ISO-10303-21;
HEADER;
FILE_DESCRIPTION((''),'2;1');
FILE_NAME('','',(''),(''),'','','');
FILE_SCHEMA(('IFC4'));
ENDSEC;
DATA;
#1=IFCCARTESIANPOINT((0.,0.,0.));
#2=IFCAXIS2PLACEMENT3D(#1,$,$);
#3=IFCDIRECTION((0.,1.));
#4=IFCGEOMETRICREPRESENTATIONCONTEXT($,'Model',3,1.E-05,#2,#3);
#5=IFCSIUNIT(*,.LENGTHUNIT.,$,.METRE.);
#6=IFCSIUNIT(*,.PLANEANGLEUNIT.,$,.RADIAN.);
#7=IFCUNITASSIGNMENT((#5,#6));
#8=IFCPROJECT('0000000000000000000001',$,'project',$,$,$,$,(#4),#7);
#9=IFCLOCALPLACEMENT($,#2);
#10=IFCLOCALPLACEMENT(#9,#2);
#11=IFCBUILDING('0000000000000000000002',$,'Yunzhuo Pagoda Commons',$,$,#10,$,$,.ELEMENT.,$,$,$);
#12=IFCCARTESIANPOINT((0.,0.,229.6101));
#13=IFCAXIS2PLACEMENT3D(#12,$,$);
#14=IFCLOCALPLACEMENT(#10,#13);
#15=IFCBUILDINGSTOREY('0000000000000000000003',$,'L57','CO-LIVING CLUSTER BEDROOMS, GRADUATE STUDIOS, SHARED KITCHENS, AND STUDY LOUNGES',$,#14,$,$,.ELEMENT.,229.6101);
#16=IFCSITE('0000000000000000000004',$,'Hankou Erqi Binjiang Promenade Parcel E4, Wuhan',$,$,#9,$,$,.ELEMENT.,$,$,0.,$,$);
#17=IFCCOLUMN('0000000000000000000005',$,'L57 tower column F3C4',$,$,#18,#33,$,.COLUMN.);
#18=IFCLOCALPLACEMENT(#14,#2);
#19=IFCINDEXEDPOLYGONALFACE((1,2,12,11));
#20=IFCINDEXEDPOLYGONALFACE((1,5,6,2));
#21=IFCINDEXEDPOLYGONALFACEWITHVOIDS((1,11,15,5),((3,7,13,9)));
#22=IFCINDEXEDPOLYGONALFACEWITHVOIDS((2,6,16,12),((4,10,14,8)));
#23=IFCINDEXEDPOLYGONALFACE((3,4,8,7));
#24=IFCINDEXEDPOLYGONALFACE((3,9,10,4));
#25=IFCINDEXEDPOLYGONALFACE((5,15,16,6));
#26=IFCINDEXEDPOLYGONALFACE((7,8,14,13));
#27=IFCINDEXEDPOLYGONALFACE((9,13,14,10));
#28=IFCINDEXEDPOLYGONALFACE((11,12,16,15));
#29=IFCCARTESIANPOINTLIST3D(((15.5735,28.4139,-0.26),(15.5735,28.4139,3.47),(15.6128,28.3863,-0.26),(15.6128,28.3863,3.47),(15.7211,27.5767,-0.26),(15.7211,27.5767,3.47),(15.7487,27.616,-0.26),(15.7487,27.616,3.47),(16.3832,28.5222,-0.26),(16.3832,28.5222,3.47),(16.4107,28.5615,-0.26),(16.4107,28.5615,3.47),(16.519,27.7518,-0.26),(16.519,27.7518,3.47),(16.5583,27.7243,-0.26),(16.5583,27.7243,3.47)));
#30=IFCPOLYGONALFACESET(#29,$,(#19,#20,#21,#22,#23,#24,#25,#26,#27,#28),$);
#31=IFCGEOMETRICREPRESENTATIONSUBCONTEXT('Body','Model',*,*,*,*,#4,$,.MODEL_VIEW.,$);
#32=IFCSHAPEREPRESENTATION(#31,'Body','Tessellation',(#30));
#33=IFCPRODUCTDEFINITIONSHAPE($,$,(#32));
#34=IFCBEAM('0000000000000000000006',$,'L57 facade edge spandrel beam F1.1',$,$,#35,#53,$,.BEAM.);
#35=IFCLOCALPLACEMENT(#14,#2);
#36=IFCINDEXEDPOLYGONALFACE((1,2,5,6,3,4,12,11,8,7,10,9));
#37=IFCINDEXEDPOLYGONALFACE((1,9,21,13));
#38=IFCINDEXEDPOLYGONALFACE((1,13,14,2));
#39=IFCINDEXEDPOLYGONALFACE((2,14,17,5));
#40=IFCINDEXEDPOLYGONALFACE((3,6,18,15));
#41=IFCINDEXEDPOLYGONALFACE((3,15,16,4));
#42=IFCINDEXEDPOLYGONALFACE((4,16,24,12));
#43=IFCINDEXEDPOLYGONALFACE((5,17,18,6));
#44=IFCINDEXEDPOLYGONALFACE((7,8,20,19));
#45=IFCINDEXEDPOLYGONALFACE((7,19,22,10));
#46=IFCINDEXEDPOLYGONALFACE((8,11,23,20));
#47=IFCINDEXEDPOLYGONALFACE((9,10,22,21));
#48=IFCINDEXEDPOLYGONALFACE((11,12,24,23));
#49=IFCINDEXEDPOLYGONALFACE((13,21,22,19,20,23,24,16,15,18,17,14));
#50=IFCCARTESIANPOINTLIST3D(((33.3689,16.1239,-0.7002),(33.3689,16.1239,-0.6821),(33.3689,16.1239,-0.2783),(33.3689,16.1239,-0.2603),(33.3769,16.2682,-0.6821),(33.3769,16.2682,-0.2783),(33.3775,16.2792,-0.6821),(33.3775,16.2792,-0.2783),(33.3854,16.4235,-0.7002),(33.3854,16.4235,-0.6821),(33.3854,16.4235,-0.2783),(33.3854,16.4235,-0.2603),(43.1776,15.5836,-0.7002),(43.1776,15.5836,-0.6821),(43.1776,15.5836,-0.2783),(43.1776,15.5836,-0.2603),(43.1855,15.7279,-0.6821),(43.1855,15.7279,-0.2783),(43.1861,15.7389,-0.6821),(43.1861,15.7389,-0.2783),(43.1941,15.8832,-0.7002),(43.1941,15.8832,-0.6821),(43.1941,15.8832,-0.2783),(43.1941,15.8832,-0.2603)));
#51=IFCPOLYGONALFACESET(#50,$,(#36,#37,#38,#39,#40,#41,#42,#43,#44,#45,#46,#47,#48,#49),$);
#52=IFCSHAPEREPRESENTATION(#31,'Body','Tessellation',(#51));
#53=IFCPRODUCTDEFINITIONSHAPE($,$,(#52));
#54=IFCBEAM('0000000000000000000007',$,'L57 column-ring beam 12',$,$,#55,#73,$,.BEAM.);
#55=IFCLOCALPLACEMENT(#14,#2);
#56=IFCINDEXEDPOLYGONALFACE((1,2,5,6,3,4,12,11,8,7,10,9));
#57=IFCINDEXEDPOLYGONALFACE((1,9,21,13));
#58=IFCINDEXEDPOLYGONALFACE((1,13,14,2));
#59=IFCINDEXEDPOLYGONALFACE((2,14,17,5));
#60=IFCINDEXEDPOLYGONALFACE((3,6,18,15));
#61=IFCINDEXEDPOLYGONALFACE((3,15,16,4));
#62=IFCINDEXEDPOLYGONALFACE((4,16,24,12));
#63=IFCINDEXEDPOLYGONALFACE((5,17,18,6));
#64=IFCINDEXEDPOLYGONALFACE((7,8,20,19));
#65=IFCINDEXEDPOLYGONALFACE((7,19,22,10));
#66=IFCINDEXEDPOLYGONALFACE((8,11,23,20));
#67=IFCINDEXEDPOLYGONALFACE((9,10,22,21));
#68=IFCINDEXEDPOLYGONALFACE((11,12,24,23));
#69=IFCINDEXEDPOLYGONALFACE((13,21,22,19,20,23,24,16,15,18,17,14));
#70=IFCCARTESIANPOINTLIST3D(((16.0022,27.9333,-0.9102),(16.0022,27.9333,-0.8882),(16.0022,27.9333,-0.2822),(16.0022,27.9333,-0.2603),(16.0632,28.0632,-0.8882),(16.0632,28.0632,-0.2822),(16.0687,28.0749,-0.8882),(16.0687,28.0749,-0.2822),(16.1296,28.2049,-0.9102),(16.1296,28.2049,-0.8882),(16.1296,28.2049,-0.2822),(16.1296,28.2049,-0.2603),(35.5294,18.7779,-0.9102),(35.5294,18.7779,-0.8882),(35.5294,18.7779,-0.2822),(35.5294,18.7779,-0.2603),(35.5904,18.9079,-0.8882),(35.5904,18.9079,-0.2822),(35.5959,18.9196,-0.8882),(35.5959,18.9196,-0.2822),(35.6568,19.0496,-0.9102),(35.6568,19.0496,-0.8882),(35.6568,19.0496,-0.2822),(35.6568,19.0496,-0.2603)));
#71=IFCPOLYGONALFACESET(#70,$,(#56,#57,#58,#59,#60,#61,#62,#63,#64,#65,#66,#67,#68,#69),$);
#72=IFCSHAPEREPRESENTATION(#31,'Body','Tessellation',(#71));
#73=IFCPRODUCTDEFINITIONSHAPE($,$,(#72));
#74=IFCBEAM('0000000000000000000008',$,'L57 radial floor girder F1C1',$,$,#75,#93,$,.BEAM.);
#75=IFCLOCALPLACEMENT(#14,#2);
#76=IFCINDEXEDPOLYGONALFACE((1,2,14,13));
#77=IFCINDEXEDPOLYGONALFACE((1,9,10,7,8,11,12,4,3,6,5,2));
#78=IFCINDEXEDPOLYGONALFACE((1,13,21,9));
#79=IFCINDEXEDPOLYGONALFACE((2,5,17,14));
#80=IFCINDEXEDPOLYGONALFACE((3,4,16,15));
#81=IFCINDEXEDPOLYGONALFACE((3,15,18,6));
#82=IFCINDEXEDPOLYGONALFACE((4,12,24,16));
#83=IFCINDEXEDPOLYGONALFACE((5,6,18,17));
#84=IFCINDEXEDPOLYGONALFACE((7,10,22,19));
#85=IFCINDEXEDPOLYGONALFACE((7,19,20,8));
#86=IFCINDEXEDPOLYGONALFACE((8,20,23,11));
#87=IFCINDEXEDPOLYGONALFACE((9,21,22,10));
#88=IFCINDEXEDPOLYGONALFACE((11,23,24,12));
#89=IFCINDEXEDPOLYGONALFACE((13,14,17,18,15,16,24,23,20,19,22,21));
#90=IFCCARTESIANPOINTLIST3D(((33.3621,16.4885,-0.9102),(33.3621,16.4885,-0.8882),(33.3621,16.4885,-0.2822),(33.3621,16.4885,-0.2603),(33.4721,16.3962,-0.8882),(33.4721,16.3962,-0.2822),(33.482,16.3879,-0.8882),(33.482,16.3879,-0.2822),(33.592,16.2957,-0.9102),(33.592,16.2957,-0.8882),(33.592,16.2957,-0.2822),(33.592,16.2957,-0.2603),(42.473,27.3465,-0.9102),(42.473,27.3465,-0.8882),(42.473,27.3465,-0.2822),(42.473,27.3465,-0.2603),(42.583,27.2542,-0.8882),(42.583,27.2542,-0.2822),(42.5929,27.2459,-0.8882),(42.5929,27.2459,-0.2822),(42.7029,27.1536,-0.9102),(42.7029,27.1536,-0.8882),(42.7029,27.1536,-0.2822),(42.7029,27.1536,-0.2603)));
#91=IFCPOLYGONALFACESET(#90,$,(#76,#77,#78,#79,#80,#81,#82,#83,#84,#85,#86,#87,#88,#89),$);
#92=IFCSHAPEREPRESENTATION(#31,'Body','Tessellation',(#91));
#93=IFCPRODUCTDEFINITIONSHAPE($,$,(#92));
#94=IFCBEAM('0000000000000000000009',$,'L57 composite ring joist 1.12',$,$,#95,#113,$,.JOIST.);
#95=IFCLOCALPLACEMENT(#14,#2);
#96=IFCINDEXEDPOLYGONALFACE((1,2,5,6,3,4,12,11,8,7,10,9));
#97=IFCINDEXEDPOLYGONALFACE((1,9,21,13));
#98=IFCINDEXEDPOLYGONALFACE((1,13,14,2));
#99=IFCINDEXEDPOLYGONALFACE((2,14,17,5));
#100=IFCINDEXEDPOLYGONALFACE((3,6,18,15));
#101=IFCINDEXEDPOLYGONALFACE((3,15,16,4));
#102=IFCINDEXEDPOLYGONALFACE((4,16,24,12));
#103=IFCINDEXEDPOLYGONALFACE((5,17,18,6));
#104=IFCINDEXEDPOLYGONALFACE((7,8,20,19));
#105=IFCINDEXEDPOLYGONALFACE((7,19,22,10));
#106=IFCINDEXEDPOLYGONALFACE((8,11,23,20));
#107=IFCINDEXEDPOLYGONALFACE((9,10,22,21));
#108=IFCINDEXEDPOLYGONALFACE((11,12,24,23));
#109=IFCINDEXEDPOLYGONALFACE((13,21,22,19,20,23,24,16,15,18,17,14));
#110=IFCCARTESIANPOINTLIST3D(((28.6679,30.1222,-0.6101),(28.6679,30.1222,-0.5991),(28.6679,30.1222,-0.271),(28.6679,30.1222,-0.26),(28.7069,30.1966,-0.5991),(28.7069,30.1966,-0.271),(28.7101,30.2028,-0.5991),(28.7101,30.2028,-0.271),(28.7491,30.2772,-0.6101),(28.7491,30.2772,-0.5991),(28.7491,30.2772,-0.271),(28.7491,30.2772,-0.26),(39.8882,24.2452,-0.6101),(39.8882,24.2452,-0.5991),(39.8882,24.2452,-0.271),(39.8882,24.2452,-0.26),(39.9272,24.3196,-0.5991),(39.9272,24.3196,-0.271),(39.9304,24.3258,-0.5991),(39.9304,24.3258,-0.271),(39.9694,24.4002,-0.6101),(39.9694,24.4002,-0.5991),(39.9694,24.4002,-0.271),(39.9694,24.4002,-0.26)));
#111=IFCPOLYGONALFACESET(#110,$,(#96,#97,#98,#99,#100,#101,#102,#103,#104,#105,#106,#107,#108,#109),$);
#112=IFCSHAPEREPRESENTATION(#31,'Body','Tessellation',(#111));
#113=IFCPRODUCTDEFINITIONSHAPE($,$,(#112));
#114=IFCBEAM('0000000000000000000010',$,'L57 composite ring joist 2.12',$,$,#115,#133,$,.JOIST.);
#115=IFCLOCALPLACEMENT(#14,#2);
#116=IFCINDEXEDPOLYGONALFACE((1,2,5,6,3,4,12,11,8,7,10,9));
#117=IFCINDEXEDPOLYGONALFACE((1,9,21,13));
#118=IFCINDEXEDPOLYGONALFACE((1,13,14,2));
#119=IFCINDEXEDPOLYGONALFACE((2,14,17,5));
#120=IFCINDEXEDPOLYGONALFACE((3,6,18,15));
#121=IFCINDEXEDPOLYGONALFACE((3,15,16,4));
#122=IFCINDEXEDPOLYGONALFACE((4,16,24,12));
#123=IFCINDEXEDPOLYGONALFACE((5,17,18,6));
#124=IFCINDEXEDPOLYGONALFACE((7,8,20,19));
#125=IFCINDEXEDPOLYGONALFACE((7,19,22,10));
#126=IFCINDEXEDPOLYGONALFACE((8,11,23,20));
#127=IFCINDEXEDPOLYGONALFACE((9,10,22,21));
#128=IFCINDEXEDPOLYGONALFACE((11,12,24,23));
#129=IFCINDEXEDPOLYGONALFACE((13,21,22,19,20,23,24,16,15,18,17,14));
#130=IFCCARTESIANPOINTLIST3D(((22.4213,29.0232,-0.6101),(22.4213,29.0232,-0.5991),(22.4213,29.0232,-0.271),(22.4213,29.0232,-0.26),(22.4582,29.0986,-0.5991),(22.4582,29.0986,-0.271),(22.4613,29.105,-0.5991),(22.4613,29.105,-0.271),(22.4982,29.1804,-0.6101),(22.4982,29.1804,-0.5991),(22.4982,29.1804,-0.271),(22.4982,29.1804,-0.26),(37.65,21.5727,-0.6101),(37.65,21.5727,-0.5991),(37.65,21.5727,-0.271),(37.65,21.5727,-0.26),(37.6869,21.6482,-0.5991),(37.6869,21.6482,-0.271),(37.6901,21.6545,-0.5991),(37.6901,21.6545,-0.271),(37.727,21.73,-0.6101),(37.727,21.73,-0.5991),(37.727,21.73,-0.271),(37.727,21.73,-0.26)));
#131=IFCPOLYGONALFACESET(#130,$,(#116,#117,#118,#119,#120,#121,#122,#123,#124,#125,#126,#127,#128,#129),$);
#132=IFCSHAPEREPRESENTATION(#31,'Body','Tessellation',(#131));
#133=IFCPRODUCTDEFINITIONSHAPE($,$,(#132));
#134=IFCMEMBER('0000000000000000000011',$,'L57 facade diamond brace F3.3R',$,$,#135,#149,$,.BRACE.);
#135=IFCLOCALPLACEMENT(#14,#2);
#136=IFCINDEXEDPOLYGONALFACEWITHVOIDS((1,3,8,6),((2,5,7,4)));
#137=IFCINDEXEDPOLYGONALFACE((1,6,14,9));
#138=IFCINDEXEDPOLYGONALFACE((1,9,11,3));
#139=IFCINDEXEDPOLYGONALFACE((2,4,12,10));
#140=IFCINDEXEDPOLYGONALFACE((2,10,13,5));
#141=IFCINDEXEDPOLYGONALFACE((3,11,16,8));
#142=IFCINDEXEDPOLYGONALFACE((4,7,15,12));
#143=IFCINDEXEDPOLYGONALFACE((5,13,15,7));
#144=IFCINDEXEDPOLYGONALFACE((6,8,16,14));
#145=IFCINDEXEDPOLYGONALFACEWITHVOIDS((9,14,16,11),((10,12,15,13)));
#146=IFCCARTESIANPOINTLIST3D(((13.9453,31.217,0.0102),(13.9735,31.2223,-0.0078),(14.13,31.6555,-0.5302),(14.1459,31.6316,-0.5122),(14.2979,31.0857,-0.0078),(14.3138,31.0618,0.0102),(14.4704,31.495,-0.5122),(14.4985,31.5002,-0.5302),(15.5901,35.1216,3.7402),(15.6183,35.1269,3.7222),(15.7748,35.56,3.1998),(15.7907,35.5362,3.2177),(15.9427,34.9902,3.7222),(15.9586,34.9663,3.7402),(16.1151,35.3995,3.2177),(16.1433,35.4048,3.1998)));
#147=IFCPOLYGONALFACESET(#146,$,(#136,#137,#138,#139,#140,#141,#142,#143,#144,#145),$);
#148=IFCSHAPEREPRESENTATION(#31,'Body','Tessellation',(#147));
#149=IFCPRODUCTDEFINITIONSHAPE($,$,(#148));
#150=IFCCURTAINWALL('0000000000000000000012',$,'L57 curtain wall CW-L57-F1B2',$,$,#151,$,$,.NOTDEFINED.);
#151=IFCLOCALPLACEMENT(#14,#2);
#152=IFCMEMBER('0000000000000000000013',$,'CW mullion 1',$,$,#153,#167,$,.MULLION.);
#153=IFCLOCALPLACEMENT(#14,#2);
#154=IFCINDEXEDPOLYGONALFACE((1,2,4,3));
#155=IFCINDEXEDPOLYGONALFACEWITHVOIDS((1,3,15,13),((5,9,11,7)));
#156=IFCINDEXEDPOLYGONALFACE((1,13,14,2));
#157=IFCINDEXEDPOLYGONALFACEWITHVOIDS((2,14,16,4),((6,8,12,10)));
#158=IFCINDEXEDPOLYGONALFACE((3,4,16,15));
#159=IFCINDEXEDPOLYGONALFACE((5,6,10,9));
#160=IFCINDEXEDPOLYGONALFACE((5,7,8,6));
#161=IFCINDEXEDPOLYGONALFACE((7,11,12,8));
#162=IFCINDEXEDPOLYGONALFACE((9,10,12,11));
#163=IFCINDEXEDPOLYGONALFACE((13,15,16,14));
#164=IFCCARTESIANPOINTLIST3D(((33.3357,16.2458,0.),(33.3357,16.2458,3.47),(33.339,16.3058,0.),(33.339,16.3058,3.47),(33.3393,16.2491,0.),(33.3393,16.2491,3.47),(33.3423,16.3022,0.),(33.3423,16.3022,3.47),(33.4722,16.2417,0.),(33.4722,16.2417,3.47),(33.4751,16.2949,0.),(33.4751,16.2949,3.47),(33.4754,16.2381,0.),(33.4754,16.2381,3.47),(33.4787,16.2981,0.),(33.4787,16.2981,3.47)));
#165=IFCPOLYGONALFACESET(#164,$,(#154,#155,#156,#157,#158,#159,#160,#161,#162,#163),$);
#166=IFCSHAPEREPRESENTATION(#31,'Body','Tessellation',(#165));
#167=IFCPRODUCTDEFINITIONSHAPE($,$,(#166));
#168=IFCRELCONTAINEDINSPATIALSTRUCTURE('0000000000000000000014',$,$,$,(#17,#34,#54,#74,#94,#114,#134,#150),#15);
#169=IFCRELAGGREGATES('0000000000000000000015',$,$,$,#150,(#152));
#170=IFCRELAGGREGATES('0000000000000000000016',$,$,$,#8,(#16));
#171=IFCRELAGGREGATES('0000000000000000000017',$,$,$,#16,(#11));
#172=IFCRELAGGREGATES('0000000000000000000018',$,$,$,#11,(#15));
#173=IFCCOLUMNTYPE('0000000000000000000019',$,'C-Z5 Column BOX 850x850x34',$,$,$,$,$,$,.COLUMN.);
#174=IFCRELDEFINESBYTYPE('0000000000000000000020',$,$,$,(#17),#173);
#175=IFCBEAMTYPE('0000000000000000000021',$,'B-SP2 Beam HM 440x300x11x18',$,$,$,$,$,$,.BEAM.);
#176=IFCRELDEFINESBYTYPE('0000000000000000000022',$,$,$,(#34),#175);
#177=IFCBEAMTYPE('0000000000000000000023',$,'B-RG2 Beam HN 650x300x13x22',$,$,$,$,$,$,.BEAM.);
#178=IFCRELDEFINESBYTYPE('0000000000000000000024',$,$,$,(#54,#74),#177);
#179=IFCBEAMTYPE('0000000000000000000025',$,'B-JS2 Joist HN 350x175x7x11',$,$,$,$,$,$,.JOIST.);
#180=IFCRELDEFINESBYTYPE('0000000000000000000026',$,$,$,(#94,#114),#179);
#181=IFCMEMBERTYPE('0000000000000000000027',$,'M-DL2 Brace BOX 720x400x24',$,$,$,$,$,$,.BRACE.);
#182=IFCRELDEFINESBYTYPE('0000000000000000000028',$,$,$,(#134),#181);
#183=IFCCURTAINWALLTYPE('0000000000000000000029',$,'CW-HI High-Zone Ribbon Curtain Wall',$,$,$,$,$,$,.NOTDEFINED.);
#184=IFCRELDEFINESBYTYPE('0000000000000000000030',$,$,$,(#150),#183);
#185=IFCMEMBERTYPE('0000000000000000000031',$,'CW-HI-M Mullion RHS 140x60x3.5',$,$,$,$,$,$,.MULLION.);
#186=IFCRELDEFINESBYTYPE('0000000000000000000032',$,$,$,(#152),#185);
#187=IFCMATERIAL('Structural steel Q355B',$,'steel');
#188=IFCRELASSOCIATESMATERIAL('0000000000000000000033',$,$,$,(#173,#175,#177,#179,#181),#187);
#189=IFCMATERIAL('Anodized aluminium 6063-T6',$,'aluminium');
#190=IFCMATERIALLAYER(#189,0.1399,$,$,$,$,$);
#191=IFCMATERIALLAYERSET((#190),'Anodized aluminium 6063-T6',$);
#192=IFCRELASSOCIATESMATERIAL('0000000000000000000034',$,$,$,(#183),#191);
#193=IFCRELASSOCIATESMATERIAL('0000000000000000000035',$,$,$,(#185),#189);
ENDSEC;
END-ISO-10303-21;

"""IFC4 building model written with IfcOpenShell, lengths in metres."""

from ifc_helpers import new_model, si_unit, direction, frame, origin, origin_2d, place, context, subcontext, project, spatial, hollow_rectangle, i_section, extrude, source, transform, mapped, material, layer, layer_set, material_profile, profile_set, type_object, element, aggregate, save


model = new_model("IFC4")

# Units and contexts
model_context = context("Model", 3, precision=1e-05, world=origin(), true_north=direction((0.0, 1.0)))
body_context = subcontext(model_context, "Body", "Model", "MODEL_VIEW")
ifc_project = project(units=[si_unit("LENGTHUNIT", "METRE"), si_unit("PLANEANGLEUNIT", "RADIAN")], contexts=[model_context])

# Site, building, storey
site_placement = place(None, origin())
site = spatial("IfcSite", under=ifc_project, at=site_placement, Name="Hankou Erqi Binjiang Promenade Parcel E4, Wuhan", CompositionType="ELEMENT", RefElevation=0.0)
building_placement = place(site_placement, origin())
building = spatial("IfcBuilding", under=site, at=building_placement, Name="Yunzhuo Pagoda Commons", CompositionType="ELEMENT")
storey_placement = place(building_placement, frame((0.0, 0.0, 229.6101)))
storey = spatial("IfcBuildingStorey", under=building, at=storey_placement, Name="L57", Description="CO-LIVING CLUSTER BEDROOMS, GRADUATE STUDIOS, SHARED KITCHENS, AND STUDY LOUNGES", CompositionType="ELEMENT", Elevation=229.6101)

# Column
ifc_material_1 = material(Name="Structural steel Q355B", Category="steel")
ifc_material_profile_1 = material_profile(ifc_material_1, hollow_rectangle(XDim=0.8501, YDim=0.8501, WallThickness=0.0339, at=origin_2d()), Name="Structural steel Q355B")
ifc_profile_set_1 = profile_set([ifc_material_profile_1], Name="Structural steel Q355B")
column_type = type_object("IfcColumnType", Name="C-Z5 Column BOX 850x850x34", PredefinedType="COLUMN", material=ifc_profile_set_1)
shared_shape_1 = source(origin(), body_context, "Body", "SweptSolid", [
    extrude(hollow_rectangle(XDim=0.8501, YDim=0.8501, WallThickness=0.0339, at=origin_2d()), origin(), (0.0, 0.0, 1.0), 3.73),
])
column_placement = place(storey_placement, frame((16.0659, 28.0691, -0.26), z_axis=(0.0, 0.0, 1.0), x_axis=(0.173648, -0.984808, 0.0)))
element("IfcColumn", 1, at=column_placement, inside=storey, type_object=column_type, Name="L57 tower column F3C4", PredefinedType="COLUMN", context=body_context, shape_type="MappedRepresentation", body=[
    mapped(shared_shape_1, transform((0.0, 0.0, 0.0), scale=1.0)),
])

# Beams
ifc_material_profile_2 = material_profile(ifc_material_1, i_section(OverallWidth=0.3, OverallDepth=0.4399, WebThickness=0.011, FlangeThickness=0.0181, at=origin_2d()), Name="Structural steel Q355B")
ifc_profile_set_2 = profile_set([ifc_material_profile_2], Name="Structural steel Q355B")
beam_type_1 = type_object("IfcBeamType", Name="B-SP2 Beam HM 440x300x11x18", PredefinedType="BEAM", material=ifc_profile_set_2)
shared_shape_2 = source(origin(), body_context, "Body", "SweptSolid", [
    extrude(i_section(OverallWidth=0.3, OverallDepth=0.4399, WebThickness=0.011, FlangeThickness=0.0181, at=origin_2d()), origin(), (0.0, 0.0, 1.0), 9.8235),
])
beam_1_placement = place(storey_placement, frame((33.3772, 16.2737, -0.4802), z_axis=(0.998486, -0.054999, 0.0), x_axis=(0.054999, 0.998486, 0.0)))
element("IfcBeam", 2, at=beam_1_placement, inside=storey, type_object=beam_type_1, Name="L57 facade edge spandrel beam F1.1", PredefinedType="BEAM", context=body_context, shape_type="MappedRepresentation", body=[
    mapped(shared_shape_2, transform((0.0, 0.0, 0.0), scale=1.0)),
])
ifc_material_profile_3 = material_profile(ifc_material_1, i_section(OverallWidth=0.3, OverallDepth=0.6499, WebThickness=0.0129, FlangeThickness=0.022, at=origin_2d()), Name="Structural steel Q355B")
ifc_profile_set_3 = profile_set([ifc_material_profile_3], Name="Structural steel Q355B")
beam_type_2 = type_object("IfcBeamType", Name="B-RG2 Beam HN 650x300x13x22", PredefinedType="BEAM", material=ifc_profile_set_3)
shared_shape_3 = source(origin(), body_context, "Body", "SweptSolid", [
    extrude(i_section(OverallWidth=0.3, OverallDepth=0.6499, WebThickness=0.0129, FlangeThickness=0.022, at=origin_2d()), origin(), (0.0, 0.0, 1.0), 21.5669),
])
beam_2_placement = place(storey_placement, frame((16.0659, 28.0691, -0.5852), z_axis=(0.905424, -0.424508, 0.0), x_axis=(0.424508, 0.905424, 0.0)))
element("IfcBeam", 3, at=beam_2_placement, inside=storey, type_object=beam_type_2, Name="L57 column-ring beam 12", PredefinedType="BEAM", context=body_context, shape_type="MappedRepresentation", body=[
    mapped(shared_shape_3, transform((0.0, 0.0, 0.0), scale=1.0)),
])
shared_shape_4 = source(origin(), body_context, "Body", "SweptSolid", [
    extrude(i_section(OverallWidth=0.3, OverallDepth=0.6499, WebThickness=0.0129, FlangeThickness=0.022, at=origin_2d()), origin(), (0.0, 0.0, 1.0), 14.1741),
])
beam_3_placement = place(storey_placement, frame((33.4771, 16.3921, -0.5852), z_axis=(0.642786, 0.766045, 0.0), x_axis=(-0.766045, 0.642786, 0.0)))
element("IfcBeam", 4, at=beam_3_placement, inside=storey, type_object=beam_type_2, Name="L57 radial floor girder F1C1", PredefinedType="BEAM", context=body_context, shape_type="MappedRepresentation", body=[
    mapped(shared_shape_4, transform((0.0, 0.0, 0.0), scale=1.0)),
])
ifc_material_profile_4 = material_profile(ifc_material_1, i_section(OverallWidth=0.175, OverallDepth=0.3501, WebThickness=0.0071, FlangeThickness=0.011, at=origin_2d()), Name="Structural steel Q355B")
ifc_profile_set_4 = profile_set([ifc_material_profile_4], Name="Structural steel Q355B")
beam_type_3 = type_object("IfcBeamType", Name="B-JS2 Joist HN 350x175x7x11", PredefinedType="JOIST", material=ifc_profile_set_4)
shared_shape_5 = source(origin(), body_context, "Body", "SweptSolid", [
    extrude(i_section(OverallWidth=0.175, OverallDepth=0.3501, WebThickness=0.0071, FlangeThickness=0.011, at=origin_2d()), origin(), (0.0, 0.0, 1.0), 12.6663),
])
beam_4_placement = place(storey_placement, frame((28.7085, 30.1997, -0.4351), z_axis=(0.885841, -0.463988, 0.0), x_axis=(0.463988, 0.885841, 0.0)))
element("IfcBeam", 5, at=beam_4_placement, inside=storey, type_object=beam_type_3, Name="L57 composite ring joist 1.12", PredefinedType="JOIST", context=body_context, shape_type="MappedRepresentation", body=[
    mapped(shared_shape_5, transform((0.0, 0.0, 0.0), scale=1.0)),
])
shared_shape_6 = source(origin(), body_context, "Body", "SweptSolid", [
    extrude(i_section(OverallWidth=0.175, OverallDepth=0.3501, WebThickness=0.0071, FlangeThickness=0.011, at=origin_2d()), origin(), (0.0, 0.0, 1.0), 16.9536),
])
beam_5_placement = place(storey_placement, frame((22.4597, 29.1018, -0.4351), z_axis=(0.898262, -0.439461, 0.0), x_axis=(0.439461, 0.898262, 0.0)))
element("IfcBeam", 6, at=beam_5_placement, inside=storey, type_object=beam_type_3, Name="L57 composite ring joist 2.12", PredefinedType="JOIST", context=body_context, shape_type="MappedRepresentation", body=[
    mapped(shared_shape_6, transform((0.0, 0.0, 0.0), scale=1.0)),
])

# Member
ifc_material_profile_5 = material_profile(ifc_material_1, hollow_rectangle(XDim=0.3999, YDim=0.72, WallThickness=0.0239, at=origin_2d()), Name="Structural steel Q355B")
ifc_profile_set_5 = profile_set([ifc_material_profile_5], Name="Structural steel Q355B")
member_type_1 = type_object("IfcMemberType", Name="M-DL2 Brace BOX 720x400x24", PredefinedType="BRACE", material=ifc_profile_set_5)
shared_shape_7 = source(origin(), body_context, "Body", "SweptSolid", [
    extrude(hollow_rectangle(XDim=0.3999, YDim=0.72, WallThickness=0.0239, at=origin_2d()), origin(), (0.0, 0.0, 1.0), 5.6448),
])
member_1_placement = place(storey_placement, frame((14.2219, 31.3586, -0.26), z_axis=(0.29138, 0.691709, 0.660785), x_axis=(-0.921571, 0.388209, 0.0)))
element("IfcMember", 7, at=member_1_placement, inside=storey, type_object=member_type_1, Name="L57 facade diamond brace F3.3R", PredefinedType="BRACE", context=body_context, shape_type="MappedRepresentation", body=[
    mapped(shared_shape_7, transform((0.0, 0.0, 0.0), scale=1.0)),
])

# Curtain wall, member
ifc_material_2 = material(Name="Anodized aluminium 6063-T6", Category="aluminium")
ifc_layer_1 = layer(ifc_material_2, 0.1399)
ifc_layer_set_1 = layer_set([ifc_layer_1], Name="Anodized aluminium 6063-T6")
curtain_wall_type = type_object("IfcCurtainWallType", Name="CW-HI High-Zone Ribbon Curtain Wall", PredefinedType="NOTDEFINED", material=ifc_layer_set_1)
curtain_wall_1_placement = place(storey_placement, origin())
curtain_wall_1 = element("IfcCurtainWall", 8, at=curtain_wall_1_placement, inside=storey, type_object=curtain_wall_type, Name="L57 curtain wall CW-L57-F1B2", PredefinedType="NOTDEFINED")
ifc_material_profile_6 = material_profile(ifc_material_2, hollow_rectangle(XDim=0.0601, YDim=0.1399, WallThickness=0.0034, at=origin_2d()), Name="Anodized aluminium 6063-T6")
ifc_profile_set_6 = profile_set([ifc_material_profile_6], Name="Anodized aluminium 6063-T6")
member_type_2 = type_object("IfcMemberType", Name="CW-HI-M Mullion RHS 140x60x3.5", PredefinedType="MULLION", material=ifc_profile_set_6)
shared_shape_8 = source(origin(), body_context, "Body", "SweptSolid", [
    extrude(hollow_rectangle(XDim=0.0601, YDim=0.1399, WallThickness=0.0034, at=origin_2d()), origin(), (0.0, 0.0, 1.0), 3.47),
])
member_2_placement = place(storey_placement, frame((33.4072, 16.272, 0.0), z_axis=(0.0, 0.0, 1.0), x_axis=(0.054981, 0.998487, 0.0)))
member_2 = element("IfcMember", 9, at=member_2_placement, type_object=member_type_2, Name="CW mullion 1", PredefinedType="MULLION", context=body_context, shape_type="MappedRepresentation", body=[
    mapped(shared_shape_8, transform((0.0, 0.0, 0.0), scale=1.0)),
])

aggregate(curtain_wall_1, [member_2])

save(model, "model.ifc")
